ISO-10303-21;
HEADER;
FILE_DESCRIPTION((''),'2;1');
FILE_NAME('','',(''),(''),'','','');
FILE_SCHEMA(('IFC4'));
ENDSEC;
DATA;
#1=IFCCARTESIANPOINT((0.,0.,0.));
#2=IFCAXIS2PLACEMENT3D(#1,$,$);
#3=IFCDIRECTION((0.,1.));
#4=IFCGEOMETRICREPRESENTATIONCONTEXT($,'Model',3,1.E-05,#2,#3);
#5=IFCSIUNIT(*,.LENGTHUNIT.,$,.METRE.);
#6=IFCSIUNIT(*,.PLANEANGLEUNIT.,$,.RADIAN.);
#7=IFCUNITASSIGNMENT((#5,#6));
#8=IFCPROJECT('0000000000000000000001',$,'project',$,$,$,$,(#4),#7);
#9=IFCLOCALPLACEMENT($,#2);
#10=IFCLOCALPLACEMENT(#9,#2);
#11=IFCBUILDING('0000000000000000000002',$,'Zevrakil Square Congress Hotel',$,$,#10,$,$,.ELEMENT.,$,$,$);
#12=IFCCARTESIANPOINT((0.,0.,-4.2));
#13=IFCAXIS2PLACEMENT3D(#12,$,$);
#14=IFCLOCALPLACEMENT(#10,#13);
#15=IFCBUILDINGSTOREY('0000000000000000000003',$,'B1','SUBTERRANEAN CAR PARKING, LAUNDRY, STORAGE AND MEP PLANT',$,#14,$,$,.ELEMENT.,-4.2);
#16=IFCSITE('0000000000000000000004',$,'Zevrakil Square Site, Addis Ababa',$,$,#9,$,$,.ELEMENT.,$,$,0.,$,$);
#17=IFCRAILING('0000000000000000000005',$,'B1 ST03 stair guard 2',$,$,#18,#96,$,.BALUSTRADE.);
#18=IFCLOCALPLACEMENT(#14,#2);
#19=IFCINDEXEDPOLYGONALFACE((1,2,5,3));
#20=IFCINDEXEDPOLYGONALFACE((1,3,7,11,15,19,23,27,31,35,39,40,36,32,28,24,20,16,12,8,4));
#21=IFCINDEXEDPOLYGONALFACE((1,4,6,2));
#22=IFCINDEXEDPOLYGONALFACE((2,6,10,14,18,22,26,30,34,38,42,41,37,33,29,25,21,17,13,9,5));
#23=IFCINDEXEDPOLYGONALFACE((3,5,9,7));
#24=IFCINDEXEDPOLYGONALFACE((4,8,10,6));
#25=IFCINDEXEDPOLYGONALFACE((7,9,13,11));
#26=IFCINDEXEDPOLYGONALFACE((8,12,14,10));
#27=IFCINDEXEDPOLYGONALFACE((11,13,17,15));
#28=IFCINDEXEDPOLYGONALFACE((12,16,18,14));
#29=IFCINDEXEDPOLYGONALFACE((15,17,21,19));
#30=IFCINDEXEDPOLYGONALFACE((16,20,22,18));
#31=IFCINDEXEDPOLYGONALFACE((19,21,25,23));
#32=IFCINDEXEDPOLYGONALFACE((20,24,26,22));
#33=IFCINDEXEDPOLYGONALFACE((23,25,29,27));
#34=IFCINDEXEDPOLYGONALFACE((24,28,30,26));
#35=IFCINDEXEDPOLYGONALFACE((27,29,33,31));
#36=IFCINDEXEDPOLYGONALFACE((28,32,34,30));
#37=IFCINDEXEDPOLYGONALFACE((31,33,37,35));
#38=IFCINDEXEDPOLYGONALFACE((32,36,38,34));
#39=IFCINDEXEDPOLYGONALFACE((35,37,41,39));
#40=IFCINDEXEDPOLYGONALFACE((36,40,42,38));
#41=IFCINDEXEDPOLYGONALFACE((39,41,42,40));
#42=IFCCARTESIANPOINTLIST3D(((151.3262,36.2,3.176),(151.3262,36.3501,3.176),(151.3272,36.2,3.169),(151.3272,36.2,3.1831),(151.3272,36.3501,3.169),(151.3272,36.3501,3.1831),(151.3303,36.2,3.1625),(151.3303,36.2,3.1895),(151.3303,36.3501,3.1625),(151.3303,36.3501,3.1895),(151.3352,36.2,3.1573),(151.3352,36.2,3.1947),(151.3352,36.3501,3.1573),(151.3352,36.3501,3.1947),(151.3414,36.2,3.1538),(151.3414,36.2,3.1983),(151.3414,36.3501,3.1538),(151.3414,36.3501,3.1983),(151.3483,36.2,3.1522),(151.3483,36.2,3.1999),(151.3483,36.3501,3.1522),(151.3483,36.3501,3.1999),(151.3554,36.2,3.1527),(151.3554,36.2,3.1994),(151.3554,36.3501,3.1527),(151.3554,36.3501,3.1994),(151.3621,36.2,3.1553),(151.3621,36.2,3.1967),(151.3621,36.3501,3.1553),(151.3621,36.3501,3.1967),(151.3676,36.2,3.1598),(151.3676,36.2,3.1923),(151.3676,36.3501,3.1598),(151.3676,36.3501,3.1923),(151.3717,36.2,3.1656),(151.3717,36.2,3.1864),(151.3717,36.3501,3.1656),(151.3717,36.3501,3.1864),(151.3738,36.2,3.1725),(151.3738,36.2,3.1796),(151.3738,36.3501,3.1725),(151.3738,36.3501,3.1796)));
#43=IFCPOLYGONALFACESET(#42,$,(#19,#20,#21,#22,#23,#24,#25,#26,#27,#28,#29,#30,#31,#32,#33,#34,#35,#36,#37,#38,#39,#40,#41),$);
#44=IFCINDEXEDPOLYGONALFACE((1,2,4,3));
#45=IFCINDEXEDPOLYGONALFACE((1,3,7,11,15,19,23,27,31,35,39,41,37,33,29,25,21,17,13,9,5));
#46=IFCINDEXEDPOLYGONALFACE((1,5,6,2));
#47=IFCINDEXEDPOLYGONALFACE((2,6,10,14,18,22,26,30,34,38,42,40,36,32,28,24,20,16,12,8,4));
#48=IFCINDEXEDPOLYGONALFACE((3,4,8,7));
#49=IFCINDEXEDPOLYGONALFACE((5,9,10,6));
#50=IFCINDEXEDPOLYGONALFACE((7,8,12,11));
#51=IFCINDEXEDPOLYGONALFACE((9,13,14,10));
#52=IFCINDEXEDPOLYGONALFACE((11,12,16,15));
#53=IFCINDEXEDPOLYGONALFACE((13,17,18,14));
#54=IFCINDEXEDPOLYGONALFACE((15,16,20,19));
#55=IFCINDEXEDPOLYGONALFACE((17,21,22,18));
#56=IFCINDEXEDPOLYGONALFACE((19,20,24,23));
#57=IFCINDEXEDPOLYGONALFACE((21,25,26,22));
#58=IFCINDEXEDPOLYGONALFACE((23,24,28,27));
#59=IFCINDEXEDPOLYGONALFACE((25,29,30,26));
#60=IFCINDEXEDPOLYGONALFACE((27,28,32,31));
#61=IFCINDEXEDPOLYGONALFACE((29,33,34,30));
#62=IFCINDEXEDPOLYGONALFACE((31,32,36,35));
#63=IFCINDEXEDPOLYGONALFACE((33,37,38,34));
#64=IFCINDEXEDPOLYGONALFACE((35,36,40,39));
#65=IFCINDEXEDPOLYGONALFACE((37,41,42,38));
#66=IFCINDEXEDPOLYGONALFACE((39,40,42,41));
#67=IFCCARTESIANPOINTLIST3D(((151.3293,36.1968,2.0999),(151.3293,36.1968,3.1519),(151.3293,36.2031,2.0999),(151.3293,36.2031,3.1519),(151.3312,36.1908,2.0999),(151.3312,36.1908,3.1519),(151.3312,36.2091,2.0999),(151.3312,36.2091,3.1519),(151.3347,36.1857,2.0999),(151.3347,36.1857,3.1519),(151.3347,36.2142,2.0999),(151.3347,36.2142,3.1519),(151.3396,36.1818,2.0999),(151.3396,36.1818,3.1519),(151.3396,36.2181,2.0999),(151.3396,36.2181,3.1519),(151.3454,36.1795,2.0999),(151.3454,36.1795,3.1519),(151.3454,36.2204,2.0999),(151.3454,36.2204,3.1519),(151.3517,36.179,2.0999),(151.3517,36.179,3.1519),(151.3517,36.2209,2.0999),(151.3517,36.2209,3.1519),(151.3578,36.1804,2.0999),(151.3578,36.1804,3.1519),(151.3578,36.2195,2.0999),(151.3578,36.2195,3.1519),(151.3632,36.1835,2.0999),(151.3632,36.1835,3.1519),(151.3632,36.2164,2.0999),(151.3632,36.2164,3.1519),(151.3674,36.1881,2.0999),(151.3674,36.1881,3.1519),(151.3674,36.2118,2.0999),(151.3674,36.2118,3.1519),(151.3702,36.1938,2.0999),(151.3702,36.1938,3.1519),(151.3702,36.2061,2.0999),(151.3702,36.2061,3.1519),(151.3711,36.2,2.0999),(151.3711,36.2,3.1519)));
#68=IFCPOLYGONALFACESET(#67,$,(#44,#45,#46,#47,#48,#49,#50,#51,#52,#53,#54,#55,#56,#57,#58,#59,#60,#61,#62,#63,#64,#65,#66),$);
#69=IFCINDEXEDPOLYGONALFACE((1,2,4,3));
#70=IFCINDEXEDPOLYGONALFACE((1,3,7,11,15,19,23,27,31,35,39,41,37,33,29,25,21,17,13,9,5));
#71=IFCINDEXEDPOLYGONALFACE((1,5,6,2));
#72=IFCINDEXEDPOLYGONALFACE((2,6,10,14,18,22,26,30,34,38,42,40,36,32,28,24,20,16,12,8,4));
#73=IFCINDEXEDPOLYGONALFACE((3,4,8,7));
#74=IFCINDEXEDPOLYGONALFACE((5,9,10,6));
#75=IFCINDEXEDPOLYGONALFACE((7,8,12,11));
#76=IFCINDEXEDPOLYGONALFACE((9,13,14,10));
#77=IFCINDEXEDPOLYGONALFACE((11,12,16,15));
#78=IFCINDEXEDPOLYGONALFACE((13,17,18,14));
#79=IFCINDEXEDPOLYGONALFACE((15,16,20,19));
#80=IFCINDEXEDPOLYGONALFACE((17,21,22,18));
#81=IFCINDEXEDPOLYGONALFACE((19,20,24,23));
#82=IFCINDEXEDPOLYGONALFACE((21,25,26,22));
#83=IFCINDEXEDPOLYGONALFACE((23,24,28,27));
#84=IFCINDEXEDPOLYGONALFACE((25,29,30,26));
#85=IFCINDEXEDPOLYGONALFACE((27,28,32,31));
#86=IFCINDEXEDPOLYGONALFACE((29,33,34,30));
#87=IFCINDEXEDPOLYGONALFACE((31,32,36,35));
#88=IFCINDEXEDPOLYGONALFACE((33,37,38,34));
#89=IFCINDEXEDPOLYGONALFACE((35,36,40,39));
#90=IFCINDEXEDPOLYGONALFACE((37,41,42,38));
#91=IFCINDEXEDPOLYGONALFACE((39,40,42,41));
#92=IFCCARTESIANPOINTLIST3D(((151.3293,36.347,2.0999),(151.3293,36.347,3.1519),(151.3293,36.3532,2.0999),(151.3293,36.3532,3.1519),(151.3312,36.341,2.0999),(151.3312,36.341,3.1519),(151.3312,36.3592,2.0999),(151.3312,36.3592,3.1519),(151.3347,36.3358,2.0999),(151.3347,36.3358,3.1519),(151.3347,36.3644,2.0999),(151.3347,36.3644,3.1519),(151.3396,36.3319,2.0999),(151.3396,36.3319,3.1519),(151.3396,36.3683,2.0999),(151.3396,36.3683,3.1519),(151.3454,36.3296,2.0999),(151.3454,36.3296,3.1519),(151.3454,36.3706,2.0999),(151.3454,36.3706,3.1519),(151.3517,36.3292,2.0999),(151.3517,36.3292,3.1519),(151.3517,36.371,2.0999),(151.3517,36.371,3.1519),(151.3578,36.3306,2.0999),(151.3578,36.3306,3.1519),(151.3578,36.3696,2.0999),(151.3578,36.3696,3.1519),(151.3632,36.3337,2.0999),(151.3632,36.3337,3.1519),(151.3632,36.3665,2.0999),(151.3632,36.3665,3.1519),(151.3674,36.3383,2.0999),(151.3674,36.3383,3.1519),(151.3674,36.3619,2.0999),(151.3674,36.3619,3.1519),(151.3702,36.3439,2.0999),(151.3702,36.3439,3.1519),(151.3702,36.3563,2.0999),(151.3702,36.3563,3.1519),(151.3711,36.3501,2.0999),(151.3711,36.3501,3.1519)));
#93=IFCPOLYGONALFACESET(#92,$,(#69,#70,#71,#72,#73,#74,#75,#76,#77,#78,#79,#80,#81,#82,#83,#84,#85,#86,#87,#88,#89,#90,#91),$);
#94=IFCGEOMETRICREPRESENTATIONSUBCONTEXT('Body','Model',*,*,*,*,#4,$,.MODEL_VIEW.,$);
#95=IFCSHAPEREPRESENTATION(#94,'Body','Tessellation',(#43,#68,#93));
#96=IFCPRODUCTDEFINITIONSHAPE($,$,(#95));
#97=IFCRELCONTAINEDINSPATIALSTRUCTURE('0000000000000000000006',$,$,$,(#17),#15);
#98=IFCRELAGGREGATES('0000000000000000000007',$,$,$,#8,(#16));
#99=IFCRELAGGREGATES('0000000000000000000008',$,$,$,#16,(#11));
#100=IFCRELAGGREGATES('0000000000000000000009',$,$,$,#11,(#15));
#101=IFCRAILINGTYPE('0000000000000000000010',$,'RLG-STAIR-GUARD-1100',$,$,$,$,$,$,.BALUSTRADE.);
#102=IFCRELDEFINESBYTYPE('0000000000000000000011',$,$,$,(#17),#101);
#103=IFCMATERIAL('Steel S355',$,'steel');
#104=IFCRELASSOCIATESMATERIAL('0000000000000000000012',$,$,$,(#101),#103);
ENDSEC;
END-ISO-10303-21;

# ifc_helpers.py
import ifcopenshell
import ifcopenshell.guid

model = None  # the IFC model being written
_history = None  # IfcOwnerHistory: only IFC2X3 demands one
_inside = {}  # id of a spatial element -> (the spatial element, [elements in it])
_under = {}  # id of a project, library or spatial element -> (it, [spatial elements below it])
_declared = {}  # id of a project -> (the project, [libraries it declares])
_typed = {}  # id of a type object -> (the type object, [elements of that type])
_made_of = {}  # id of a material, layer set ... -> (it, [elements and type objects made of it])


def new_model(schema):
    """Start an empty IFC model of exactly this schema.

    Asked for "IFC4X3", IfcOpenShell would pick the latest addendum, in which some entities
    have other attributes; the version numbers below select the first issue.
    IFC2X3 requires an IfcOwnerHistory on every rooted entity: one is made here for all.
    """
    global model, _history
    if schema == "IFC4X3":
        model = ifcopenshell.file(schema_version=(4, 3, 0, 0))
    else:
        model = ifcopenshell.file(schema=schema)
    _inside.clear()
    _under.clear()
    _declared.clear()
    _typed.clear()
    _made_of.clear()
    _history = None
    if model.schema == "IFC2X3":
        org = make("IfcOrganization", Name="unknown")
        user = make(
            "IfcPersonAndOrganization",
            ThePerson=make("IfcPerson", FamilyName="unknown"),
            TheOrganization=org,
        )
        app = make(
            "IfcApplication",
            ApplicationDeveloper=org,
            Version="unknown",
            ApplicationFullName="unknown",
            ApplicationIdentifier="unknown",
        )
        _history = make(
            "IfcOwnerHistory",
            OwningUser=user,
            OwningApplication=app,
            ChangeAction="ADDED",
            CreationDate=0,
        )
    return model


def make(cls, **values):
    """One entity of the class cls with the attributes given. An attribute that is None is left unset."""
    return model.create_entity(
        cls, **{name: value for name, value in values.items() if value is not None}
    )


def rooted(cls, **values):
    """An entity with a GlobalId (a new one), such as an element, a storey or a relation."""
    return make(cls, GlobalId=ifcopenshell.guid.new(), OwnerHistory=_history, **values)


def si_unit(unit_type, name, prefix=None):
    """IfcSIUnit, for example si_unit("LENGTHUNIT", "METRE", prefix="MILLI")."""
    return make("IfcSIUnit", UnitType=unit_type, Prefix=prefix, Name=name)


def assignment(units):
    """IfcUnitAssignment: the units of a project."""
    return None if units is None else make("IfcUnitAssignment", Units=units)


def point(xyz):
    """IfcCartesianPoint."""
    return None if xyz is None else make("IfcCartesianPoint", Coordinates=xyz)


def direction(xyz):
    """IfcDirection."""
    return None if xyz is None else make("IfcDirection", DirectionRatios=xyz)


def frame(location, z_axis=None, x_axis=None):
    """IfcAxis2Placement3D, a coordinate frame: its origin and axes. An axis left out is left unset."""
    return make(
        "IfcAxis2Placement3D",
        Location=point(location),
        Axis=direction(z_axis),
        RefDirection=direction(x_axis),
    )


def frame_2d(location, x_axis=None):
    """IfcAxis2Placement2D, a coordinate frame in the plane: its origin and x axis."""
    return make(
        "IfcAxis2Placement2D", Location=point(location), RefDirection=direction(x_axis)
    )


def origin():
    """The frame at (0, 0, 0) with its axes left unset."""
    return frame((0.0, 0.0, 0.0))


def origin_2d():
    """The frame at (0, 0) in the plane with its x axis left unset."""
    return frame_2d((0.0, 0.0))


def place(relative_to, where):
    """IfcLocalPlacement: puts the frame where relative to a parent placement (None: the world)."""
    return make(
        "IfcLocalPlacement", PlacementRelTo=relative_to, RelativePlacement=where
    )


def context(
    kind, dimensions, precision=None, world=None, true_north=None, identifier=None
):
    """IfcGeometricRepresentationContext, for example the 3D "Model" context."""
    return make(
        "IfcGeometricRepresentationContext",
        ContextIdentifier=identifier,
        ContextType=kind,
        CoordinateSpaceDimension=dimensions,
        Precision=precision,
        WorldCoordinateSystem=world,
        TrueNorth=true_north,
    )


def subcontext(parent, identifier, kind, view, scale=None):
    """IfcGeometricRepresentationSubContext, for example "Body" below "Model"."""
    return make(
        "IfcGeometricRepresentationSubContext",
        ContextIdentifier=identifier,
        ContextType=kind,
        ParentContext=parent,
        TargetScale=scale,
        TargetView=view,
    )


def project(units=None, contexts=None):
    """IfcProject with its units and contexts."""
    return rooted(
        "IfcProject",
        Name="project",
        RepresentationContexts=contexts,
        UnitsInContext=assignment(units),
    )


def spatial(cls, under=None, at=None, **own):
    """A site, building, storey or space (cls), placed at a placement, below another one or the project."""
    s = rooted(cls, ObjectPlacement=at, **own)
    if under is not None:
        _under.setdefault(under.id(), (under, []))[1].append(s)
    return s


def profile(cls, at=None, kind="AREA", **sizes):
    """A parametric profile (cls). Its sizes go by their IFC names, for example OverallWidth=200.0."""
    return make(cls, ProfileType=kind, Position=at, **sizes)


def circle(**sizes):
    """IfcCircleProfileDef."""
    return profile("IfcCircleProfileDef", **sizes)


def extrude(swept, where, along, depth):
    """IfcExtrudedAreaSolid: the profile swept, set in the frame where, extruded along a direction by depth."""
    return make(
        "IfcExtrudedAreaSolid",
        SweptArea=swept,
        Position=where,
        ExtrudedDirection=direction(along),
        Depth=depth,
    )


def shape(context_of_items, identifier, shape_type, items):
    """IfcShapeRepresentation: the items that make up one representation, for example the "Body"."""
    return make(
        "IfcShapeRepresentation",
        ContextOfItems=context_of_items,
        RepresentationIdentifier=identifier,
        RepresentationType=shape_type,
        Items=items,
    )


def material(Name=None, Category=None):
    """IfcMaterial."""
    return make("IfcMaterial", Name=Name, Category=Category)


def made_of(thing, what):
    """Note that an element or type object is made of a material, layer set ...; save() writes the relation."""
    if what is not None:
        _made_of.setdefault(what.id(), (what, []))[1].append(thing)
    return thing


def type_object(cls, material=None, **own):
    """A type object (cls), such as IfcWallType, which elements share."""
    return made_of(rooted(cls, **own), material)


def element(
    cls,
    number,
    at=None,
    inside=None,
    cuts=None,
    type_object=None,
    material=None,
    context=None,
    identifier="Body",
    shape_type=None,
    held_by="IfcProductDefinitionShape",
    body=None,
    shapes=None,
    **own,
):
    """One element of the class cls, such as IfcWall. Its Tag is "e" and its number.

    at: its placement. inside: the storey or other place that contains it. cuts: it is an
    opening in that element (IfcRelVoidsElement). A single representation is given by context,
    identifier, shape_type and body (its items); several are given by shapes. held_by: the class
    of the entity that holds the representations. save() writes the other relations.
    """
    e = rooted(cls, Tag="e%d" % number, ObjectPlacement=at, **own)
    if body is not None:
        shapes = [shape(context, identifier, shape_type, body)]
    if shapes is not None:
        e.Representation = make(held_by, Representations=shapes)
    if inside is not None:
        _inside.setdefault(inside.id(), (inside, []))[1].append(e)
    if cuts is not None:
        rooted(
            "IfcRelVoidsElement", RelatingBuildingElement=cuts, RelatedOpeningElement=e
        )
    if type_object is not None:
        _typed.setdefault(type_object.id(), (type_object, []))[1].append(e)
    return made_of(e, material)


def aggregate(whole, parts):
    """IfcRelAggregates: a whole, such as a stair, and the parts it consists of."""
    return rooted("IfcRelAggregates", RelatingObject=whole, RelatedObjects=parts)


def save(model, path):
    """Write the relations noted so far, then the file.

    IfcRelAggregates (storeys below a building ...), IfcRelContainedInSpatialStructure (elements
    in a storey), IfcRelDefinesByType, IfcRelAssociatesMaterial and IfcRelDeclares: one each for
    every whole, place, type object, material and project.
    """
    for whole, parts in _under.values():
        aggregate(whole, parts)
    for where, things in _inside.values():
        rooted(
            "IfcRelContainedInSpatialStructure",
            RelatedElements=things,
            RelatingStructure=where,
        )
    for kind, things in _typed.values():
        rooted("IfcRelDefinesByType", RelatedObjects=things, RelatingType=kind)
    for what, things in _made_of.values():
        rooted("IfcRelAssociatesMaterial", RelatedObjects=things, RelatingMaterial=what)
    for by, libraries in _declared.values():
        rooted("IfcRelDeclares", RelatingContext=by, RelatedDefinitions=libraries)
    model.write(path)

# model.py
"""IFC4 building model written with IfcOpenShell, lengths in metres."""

from ifc_helpers import new_model, si_unit, direction, frame, origin, origin_2d, place, context, subcontext, project, spatial, circle, extrude, material, type_object, element, save


model = new_model("IFC4")

# Units and contexts
model_context = context("Model", 3, precision=1e-05, world=origin(), true_north=direction((0.0, 1.0)))
body_context = subcontext(model_context, "Body", "Model", "MODEL_VIEW")
ifc_project = project(units=[si_unit("LENGTHUNIT", "METRE"), si_unit("PLANEANGLEUNIT", "RADIAN")], contexts=[model_context])

# Site, building, storey
site_placement = place(None, origin())
site = spatial("IfcSite", under=ifc_project, at=site_placement, Name="Zevrakil Square Site, Addis Ababa", CompositionType="ELEMENT", RefElevation=0.0)
building_placement = place(site_placement, origin())
building = spatial("IfcBuilding", under=site, at=building_placement, Name="Zevrakil Square Congress Hotel", CompositionType="ELEMENT")
storey_placement = place(building_placement, frame((0.0, 0.0, -4.2)))
storey = spatial("IfcBuildingStorey", under=building, at=storey_placement, Name="B1", Description="SUBTERRANEAN CAR PARKING, LAUNDRY, STORAGE AND MEP PLANT", CompositionType="ELEMENT", Elevation=-4.2)

# Railing
ifc_material_1 = material(Name="Steel S355", Category="steel")
railing_type_1 = type_object("IfcRailingType", Name="RLG-STAIR-GUARD-1100", PredefinedType="BALUSTRADE", material=ifc_material_1)
railing_1_placement = place(storey_placement, frame((151.3501, 36.2, 2.0999)))
element("IfcRailing", 1, at=railing_1_placement, inside=storey, type_object=railing_type_1, Name="B1 ST03 stair guard 2", PredefinedType="BALUSTRADE", context=body_context, shape_type="SweptSolid", body=[
    extrude(circle(Radius=0.0239, at=origin_2d()), frame((0.0, 0.0, 1.0762), z_axis=(0.0, 1.0, 0.0), x_axis=(-1.0, 0.0, 0.0)), (0.0, 0.0, 1.0), 0.1501),
    extrude(circle(Radius=0.021, at=origin_2d()), origin(), (0.0, 0.0, 1.0), 1.052),
    extrude(circle(Radius=0.021, at=origin_2d()), frame((0.0, 0.1501, 0.0)), (0.0, 0.0, 1.0), 1.052),
])

save(model, "model.ifc")
